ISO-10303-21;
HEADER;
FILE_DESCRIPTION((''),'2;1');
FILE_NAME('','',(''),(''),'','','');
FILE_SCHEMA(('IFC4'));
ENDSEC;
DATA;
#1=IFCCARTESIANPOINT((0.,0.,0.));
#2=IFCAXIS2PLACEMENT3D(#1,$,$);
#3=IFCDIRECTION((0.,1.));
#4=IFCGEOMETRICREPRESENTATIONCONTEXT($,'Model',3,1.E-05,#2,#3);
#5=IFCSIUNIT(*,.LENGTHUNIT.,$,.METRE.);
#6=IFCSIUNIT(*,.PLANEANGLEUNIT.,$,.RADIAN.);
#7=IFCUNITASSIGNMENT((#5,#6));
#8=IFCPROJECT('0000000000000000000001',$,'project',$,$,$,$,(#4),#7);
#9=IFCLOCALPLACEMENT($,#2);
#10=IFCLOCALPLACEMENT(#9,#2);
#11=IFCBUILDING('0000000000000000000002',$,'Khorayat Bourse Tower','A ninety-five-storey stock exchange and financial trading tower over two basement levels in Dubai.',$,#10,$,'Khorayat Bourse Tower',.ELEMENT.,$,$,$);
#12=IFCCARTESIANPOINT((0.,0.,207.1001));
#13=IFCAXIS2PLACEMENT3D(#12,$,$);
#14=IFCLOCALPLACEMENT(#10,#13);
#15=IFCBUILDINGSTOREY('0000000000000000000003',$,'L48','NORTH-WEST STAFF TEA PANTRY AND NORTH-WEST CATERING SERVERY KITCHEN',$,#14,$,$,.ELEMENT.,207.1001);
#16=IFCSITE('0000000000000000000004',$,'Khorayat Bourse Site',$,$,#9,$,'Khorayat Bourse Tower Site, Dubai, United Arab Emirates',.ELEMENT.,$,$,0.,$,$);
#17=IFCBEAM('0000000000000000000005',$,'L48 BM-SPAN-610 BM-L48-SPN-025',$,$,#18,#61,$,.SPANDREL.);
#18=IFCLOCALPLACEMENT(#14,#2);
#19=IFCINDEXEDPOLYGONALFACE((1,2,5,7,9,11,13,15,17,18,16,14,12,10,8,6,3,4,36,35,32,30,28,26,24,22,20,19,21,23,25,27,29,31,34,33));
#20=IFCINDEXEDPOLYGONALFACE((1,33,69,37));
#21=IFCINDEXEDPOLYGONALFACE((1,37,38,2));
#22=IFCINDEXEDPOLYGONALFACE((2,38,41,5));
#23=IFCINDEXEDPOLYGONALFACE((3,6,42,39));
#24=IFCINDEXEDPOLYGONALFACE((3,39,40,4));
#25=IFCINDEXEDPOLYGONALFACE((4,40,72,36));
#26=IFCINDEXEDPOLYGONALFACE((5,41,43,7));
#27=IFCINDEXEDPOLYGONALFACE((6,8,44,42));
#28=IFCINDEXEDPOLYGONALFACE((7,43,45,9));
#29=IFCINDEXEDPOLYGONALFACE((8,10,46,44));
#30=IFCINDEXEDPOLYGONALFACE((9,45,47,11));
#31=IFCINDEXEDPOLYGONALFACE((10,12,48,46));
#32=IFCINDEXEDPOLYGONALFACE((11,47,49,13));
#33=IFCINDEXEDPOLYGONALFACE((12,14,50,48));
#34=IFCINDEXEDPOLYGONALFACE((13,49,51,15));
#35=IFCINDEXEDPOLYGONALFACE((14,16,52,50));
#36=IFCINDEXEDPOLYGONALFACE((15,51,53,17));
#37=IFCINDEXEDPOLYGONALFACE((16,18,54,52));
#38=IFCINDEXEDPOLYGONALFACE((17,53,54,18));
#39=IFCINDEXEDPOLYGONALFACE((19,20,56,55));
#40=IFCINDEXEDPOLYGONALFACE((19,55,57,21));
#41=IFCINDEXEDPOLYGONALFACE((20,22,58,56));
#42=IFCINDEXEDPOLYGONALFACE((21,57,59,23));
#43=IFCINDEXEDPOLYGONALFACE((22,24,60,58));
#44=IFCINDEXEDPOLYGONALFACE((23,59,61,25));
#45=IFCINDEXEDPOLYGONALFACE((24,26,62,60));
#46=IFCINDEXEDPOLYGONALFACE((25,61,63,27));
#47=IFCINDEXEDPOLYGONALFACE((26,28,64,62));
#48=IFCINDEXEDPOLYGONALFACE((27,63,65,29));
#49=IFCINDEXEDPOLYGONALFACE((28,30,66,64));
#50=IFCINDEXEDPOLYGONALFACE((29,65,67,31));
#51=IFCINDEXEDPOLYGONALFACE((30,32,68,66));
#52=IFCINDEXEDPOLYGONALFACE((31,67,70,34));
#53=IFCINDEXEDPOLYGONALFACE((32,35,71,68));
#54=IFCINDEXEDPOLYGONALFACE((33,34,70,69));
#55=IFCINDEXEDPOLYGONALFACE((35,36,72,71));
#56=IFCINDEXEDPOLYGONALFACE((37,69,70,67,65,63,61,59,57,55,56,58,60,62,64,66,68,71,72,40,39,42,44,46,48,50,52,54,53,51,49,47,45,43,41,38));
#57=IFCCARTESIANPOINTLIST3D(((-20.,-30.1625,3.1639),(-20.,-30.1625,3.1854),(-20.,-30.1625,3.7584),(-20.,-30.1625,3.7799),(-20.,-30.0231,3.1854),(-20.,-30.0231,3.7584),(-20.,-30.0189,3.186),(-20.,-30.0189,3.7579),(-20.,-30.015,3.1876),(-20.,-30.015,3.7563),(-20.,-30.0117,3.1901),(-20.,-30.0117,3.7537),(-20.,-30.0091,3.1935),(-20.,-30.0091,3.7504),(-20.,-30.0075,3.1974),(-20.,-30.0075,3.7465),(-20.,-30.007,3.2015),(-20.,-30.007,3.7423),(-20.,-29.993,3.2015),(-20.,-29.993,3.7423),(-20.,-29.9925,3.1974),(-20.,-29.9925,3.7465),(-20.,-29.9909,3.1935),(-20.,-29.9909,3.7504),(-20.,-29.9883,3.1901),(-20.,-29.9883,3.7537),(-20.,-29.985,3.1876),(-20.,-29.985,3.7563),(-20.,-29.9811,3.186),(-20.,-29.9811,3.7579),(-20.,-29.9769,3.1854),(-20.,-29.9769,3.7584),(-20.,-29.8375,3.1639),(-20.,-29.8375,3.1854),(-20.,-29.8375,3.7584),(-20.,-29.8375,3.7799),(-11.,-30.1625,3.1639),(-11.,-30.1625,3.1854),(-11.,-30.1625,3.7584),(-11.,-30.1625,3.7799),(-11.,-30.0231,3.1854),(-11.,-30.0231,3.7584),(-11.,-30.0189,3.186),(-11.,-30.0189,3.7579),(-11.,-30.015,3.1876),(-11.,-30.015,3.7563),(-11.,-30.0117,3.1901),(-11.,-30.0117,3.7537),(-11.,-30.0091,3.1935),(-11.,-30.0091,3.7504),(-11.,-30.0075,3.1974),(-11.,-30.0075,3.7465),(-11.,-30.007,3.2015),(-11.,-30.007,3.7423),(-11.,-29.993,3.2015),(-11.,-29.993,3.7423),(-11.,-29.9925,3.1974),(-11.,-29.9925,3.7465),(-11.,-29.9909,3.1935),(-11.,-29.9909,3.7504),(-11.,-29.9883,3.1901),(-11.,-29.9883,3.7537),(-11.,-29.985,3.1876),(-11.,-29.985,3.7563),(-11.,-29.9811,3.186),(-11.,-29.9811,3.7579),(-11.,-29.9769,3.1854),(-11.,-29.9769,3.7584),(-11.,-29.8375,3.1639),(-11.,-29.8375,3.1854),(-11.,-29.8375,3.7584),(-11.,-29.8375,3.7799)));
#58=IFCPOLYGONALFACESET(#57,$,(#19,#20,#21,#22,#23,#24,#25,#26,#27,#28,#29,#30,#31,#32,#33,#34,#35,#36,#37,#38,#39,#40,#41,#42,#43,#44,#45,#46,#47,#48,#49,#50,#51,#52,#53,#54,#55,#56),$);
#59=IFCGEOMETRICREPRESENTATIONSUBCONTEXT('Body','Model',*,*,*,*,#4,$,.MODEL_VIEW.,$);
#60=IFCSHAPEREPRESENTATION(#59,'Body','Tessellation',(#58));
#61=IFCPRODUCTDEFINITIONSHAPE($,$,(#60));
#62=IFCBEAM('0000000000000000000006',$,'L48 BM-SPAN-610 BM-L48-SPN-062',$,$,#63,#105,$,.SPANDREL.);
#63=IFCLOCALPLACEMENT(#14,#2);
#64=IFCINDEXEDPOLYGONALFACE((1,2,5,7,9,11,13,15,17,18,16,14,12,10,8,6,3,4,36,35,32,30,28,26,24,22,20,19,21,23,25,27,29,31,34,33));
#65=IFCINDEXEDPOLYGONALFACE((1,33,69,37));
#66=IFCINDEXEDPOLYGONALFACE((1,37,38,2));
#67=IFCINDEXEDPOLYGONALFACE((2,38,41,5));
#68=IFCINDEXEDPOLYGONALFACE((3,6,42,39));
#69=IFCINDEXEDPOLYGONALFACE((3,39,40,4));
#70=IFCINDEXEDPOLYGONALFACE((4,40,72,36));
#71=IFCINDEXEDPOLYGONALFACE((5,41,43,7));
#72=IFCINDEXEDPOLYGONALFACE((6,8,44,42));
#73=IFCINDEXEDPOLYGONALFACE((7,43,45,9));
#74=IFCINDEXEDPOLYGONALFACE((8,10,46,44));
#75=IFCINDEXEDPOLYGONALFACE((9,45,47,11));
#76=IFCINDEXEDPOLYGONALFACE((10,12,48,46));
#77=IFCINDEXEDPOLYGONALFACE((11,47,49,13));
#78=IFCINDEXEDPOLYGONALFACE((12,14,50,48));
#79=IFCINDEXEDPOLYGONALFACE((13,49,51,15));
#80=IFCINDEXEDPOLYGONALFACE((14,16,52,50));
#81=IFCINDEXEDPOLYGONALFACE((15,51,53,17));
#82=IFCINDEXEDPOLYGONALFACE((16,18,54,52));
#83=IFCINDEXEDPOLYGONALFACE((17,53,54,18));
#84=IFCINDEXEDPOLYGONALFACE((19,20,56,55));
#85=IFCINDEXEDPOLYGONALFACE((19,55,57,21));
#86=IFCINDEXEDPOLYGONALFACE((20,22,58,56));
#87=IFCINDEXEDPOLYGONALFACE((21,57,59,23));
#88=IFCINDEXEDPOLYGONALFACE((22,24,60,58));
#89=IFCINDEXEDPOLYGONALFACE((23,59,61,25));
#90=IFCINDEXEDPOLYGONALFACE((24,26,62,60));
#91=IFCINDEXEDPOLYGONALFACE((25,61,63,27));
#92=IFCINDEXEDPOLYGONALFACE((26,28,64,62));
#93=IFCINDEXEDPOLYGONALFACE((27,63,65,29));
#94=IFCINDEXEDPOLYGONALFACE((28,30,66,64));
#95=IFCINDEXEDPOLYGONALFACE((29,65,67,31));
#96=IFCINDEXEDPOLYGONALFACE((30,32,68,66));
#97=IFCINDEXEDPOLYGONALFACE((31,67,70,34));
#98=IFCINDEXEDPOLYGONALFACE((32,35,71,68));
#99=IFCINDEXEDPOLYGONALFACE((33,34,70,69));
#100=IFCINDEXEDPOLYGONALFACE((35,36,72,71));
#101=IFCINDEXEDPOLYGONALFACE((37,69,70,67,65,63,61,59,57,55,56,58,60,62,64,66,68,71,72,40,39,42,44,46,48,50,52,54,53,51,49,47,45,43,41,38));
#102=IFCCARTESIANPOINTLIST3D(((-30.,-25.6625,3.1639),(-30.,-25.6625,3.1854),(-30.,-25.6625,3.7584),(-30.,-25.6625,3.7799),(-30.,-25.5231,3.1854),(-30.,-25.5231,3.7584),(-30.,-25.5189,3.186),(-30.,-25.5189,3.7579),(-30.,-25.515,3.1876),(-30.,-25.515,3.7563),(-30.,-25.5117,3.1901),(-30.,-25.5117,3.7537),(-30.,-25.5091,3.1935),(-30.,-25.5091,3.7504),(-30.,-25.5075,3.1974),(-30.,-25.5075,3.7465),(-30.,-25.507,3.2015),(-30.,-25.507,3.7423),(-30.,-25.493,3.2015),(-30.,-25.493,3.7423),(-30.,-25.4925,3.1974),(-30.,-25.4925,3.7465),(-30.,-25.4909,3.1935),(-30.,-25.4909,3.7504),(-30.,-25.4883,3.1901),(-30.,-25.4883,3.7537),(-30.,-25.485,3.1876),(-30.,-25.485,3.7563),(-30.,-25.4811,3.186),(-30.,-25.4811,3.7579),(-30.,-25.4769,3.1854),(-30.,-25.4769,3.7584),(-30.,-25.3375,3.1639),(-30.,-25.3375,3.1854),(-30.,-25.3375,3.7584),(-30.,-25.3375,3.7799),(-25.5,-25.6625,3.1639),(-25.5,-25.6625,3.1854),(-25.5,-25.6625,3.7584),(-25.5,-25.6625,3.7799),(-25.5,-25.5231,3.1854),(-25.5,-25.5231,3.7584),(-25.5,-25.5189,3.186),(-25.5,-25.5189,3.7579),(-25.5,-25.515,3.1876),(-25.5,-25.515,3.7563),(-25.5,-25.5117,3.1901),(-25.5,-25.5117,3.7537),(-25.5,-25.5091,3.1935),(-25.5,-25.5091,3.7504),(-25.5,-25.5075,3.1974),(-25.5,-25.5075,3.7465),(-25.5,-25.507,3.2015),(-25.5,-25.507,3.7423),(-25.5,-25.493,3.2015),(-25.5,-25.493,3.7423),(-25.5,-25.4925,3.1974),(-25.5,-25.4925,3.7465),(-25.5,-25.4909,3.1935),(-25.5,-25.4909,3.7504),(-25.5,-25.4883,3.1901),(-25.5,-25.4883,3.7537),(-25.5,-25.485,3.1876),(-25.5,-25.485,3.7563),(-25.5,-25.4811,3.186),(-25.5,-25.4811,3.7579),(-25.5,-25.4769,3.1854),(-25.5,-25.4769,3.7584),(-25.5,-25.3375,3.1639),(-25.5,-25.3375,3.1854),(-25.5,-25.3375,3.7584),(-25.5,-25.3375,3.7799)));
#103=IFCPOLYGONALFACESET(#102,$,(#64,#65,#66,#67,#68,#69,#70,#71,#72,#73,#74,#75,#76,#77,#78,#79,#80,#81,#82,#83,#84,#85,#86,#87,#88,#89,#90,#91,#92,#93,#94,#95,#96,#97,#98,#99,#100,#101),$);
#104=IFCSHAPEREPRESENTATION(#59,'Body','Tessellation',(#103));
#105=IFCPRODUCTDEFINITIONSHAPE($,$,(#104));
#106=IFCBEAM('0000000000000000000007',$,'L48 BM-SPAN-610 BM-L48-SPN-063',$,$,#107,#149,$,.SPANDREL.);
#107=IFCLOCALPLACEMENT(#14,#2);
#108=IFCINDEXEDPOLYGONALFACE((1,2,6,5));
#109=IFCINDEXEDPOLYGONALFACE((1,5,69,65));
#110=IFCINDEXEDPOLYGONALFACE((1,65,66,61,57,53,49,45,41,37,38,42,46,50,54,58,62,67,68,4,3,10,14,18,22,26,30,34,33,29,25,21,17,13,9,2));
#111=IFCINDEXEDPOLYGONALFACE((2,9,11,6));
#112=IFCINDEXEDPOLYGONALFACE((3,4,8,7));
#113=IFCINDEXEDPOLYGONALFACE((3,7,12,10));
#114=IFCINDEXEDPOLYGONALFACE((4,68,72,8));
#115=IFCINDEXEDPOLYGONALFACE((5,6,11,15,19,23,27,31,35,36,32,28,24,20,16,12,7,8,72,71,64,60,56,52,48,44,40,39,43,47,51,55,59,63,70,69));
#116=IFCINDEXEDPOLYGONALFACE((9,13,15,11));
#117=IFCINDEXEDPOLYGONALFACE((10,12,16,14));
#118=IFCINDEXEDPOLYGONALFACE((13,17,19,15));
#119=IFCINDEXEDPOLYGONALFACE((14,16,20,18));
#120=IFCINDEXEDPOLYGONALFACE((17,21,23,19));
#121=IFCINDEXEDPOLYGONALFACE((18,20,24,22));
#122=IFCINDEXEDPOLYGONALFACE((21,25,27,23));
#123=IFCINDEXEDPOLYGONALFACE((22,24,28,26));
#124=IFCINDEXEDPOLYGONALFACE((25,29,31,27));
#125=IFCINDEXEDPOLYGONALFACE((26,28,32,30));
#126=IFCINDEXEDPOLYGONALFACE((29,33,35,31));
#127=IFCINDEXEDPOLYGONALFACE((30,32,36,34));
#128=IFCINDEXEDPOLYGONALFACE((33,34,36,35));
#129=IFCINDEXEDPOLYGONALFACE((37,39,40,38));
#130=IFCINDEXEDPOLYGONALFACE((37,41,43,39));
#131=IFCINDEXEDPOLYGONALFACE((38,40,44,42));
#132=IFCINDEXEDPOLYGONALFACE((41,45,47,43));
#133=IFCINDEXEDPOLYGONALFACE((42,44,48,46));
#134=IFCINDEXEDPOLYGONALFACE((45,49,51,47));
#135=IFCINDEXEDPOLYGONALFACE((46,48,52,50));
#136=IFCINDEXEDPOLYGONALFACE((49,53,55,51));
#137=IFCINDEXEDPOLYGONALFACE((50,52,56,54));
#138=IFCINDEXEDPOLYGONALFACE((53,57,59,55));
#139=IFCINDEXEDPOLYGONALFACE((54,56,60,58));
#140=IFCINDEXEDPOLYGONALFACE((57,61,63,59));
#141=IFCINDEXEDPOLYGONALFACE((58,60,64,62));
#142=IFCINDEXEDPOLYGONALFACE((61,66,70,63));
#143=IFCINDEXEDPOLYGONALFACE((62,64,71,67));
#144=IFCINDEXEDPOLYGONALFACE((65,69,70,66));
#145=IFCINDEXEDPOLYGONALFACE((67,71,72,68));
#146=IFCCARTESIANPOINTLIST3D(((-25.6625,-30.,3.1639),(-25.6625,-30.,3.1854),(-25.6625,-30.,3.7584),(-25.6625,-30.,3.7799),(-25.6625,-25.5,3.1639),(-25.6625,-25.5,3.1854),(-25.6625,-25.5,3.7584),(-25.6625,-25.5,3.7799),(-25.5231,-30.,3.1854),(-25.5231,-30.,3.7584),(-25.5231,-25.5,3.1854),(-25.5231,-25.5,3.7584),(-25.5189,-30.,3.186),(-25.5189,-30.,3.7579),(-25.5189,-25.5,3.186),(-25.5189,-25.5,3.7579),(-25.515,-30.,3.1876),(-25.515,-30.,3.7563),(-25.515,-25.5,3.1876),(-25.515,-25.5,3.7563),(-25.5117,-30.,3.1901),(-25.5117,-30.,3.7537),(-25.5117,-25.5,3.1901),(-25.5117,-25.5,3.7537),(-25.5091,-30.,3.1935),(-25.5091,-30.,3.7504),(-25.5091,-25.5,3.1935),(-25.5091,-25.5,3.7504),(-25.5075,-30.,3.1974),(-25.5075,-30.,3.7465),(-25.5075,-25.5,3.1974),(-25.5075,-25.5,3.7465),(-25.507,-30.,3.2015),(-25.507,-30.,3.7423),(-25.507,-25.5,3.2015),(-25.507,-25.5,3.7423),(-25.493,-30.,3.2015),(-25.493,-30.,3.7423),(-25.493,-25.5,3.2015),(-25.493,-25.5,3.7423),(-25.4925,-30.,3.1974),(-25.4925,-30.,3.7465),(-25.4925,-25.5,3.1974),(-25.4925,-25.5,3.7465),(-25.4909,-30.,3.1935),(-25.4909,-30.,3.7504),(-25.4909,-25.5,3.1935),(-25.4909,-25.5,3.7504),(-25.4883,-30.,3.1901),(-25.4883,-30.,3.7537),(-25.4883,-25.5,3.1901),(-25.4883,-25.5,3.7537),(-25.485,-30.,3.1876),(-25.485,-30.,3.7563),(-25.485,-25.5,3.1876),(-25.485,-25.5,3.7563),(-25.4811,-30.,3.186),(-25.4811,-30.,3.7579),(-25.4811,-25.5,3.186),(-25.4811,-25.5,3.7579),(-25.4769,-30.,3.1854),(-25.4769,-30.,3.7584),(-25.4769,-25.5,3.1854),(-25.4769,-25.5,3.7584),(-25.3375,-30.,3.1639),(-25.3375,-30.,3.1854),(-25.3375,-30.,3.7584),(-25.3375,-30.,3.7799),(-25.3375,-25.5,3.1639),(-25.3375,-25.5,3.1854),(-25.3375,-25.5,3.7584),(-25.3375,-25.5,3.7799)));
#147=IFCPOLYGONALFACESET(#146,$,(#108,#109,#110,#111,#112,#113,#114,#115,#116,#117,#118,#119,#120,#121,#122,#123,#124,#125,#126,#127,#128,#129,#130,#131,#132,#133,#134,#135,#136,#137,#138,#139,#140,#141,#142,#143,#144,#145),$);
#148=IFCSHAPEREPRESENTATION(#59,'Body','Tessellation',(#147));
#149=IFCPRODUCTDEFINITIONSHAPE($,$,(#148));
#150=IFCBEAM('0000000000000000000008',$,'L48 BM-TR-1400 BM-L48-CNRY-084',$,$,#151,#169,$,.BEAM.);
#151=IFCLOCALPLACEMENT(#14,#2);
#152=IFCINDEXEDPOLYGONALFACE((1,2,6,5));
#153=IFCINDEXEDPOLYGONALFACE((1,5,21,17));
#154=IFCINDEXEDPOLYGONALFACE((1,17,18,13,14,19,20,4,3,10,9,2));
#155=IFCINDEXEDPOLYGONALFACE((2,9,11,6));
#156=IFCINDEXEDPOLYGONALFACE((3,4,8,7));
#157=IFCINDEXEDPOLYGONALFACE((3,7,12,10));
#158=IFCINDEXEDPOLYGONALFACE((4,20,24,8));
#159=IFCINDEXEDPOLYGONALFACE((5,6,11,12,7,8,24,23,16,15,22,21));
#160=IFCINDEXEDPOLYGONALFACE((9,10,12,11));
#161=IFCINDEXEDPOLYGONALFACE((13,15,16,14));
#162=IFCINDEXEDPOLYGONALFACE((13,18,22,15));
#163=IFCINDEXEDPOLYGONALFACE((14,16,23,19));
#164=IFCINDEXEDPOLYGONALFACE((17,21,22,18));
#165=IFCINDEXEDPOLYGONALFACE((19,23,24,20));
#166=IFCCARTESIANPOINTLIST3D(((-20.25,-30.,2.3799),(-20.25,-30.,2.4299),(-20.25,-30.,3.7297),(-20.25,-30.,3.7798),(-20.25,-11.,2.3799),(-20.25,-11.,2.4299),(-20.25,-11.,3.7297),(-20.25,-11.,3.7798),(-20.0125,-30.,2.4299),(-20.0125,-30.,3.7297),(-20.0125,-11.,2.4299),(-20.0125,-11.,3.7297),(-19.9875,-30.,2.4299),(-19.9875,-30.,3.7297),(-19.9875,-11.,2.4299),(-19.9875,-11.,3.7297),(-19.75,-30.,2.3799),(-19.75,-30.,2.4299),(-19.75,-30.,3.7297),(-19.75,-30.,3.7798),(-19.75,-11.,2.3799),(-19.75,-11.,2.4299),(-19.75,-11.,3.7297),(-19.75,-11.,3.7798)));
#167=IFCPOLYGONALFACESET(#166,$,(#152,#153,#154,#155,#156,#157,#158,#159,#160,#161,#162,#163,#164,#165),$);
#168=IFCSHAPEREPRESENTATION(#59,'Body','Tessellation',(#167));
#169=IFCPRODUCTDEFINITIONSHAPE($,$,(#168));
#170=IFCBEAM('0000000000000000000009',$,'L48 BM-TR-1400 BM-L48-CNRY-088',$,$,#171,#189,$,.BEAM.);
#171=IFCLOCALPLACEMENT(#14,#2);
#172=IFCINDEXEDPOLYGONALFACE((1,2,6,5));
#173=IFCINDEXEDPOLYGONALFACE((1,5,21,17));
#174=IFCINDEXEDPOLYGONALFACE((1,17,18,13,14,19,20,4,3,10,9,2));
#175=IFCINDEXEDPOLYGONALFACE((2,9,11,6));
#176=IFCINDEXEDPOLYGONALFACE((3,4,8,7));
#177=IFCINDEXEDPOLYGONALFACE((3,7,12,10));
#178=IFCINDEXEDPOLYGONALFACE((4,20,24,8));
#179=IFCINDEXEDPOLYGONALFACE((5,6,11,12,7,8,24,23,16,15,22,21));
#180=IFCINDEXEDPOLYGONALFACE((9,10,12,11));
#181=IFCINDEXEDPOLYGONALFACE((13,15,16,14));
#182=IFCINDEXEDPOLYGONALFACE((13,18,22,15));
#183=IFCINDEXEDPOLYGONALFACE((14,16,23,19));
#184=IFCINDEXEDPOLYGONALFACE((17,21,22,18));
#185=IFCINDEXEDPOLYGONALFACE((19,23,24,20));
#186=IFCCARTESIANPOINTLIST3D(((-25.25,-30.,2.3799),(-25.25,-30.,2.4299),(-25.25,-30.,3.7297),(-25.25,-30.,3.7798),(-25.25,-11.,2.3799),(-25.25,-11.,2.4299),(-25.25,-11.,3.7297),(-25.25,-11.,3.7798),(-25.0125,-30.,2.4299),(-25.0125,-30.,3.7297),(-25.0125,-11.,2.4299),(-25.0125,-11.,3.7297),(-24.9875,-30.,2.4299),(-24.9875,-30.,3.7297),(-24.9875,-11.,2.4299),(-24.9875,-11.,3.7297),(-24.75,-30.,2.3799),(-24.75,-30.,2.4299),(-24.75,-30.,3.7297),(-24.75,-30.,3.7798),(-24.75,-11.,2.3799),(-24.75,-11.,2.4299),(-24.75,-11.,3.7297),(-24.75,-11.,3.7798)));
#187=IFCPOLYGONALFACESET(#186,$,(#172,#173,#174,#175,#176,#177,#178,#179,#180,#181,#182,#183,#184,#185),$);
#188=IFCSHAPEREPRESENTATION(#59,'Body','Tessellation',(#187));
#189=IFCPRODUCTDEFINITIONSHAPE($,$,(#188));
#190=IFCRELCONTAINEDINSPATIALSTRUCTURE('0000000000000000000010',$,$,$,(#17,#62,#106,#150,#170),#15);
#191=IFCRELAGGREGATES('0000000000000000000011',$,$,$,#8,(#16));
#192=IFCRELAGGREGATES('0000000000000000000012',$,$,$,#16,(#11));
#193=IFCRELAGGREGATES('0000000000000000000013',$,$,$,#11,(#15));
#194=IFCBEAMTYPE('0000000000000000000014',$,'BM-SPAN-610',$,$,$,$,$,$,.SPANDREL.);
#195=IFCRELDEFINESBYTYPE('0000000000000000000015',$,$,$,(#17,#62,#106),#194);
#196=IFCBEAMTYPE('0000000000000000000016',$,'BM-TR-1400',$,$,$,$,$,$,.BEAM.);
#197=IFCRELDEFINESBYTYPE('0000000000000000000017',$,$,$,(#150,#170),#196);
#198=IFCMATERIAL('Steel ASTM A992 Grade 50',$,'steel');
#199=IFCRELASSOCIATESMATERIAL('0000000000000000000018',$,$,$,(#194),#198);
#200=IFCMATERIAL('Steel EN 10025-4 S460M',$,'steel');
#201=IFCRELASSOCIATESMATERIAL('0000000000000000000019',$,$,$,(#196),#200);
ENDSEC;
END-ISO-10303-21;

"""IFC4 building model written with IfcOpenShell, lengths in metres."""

from ifc_helpers import new_model, si_unit, direction, frame, origin, origin_2d, place, context, subcontext, project, spatial, i_section, extrude, source, transform, mapped, material, material_profile, profile_set, type_object, element, save


model = new_model("IFC4")

# Units and contexts
model_context = context("Model", 3, precision=1e-05, world=origin(), true_north=direction((0.0, 1.0)))
body_context = subcontext(model_context, "Body", "Model", "MODEL_VIEW")
ifc_project = project(units=[si_unit("LENGTHUNIT", "METRE"), si_unit("PLANEANGLEUNIT", "RADIAN")], contexts=[model_context])

# Site, building, storey
site_placement = place(None, origin())
site = spatial("IfcSite", under=ifc_project, at=site_placement, Name="Khorayat Bourse Site", LongName="Khorayat Bourse Tower Site, Dubai, United Arab Emirates", CompositionType="ELEMENT", RefElevation=0.0)
building_placement = place(site_placement, origin())
building = spatial("IfcBuilding", under=site, at=building_placement, Name="Khorayat Bourse Tower", Description="A ninety-five-storey stock exchange and financial trading tower over two basement levels in Dubai.", LongName="Khorayat Bourse Tower", CompositionType="ELEMENT")
storey_placement = place(building_placement, frame((0.0, 0.0, 207.1001)))
storey = spatial("IfcBuildingStorey", under=building, at=storey_placement, Name="L48", Description="NORTH-WEST STAFF TEA PANTRY AND NORTH-WEST CATERING SERVERY KITCHEN", CompositionType="ELEMENT", Elevation=207.1001)

# Shared definitions
ifc_material_1 = material(Name="Steel EN 10025-4 S460M", Category="steel")

# Beams
ifc_material_2 = material(Name="Steel ASTM A992 Grade 50", Category="steel")
ifc_material_profile_1 = material_profile(ifc_material_2, i_section(OverallWidth=0.325, OverallDepth=0.616, WebThickness=0.0139, FlangeThickness=0.0215, FilletRadius=0.0161, at=origin_2d()), Name="W610X174")
ifc_profile_set_1 = profile_set([ifc_material_profile_1], Name="Steel ASTM A992 Grade 50")
beam_type_1 = type_object("IfcBeamType", Name="BM-SPAN-610", PredefinedType="SPANDREL", material=ifc_profile_set_1)
shared_shape_1 = source(origin(), body_context, "Body", "SweptSolid", [
    extrude(i_section(OverallWidth=0.325, OverallDepth=0.616, WebThickness=0.0139, FlangeThickness=0.0215, FilletRadius=0.0161, at=origin_2d()), origin(), (0.0, 0.0, 1.0), 9.0),
])
beam_1_placement = place(storey_placement, frame((-20.0, -30.0, 3.4719), z_axis=(1.0, 0.0, 0.0), x_axis=(0.0, 1.0, 0.0)))
element("IfcBeam", 1, at=beam_1_placement, inside=storey, type_object=beam_type_1, Name="L48 BM-SPAN-610 BM-L48-SPN-025", PredefinedType="SPANDREL", context=body_context, shape_type="MappedRepresentation", body=[
    mapped(shared_shape_1, transform((0.0, 0.0, 0.0), scale=1.0)),
])
shared_shape_2 = source(origin(), body_context, "Body", "SweptSolid", [
    extrude(i_section(OverallWidth=0.325, OverallDepth=0.616, WebThickness=0.0139, FlangeThickness=0.0215, FilletRadius=0.0161, at=origin_2d()), origin(), (0.0, 0.0, 1.0), 4.5),
])
for number, where, z_axis, x_axis, name in (
    (2, (-30.0, -25.5, 3.4719), (1.0, 0.0, 0.0), (0.0, 1.0, 0.0), "L48 BM-SPAN-610 BM-L48-SPN-062"),
    (3, (-25.5, -30.0, 3.4719), (0.0, 1.0, 0.0), (-1.0, 0.0, 0.0), "L48 BM-SPAN-610 BM-L48-SPN-063"),
):
    element("IfcBeam", number, at=place(storey_placement, frame(where, z_axis=z_axis, x_axis=x_axis)), inside=storey, type_object=beam_type_1, Name=name, PredefinedType="SPANDREL", context=body_context, shape_type="MappedRepresentation", body=[
        mapped(shared_shape_2, transform((0.0, 0.0, 0.0), scale=1.0)),
    ])
ifc_material_profile_2 = material_profile(ifc_material_1, i_section(OverallWidth=0.5, OverallDepth=1.3999, WebThickness=0.0249, FlangeThickness=0.05, at=origin_2d()), Name="PG 1400x500x25x50")
ifc_profile_set_2 = profile_set([ifc_material_profile_2], Name="Steel EN 10025-4 S460M")
beam_type_2 = type_object("IfcBeamType", Name="BM-TR-1400", PredefinedType="BEAM", material=ifc_profile_set_2)
shared_shape_3 = source(origin(), body_context, "Body", "SweptSolid", [
    extrude(i_section(OverallWidth=0.5, OverallDepth=1.3999, WebThickness=0.0249, FlangeThickness=0.05, at=origin_2d()), origin(), (0.0, 0.0, 1.0), 19.0),
])
for number, where, z_axis, x_axis, name in (
    (4, (-20.0, -30.0, 3.0798), (0.0, 1.0, 0.0), (-1.0, 0.0, 0.0), "L48 BM-TR-1400 BM-L48-CNRY-084"),
    (5, (-25.0, -30.0, 3.0798), (0.0, 1.0, 0.0), (-1.0, 0.0, 0.0), "L48 BM-TR-1400 BM-L48-CNRY-088"),
):
    element("IfcBeam", number, at=place(storey_placement, frame(where, z_axis=z_axis, x_axis=x_axis)), inside=storey, type_object=beam_type_2, Name=name, PredefinedType="BEAM", context=body_context, shape_type="MappedRepresentation", body=[
        mapped(shared_shape_3, transform((0.0, 0.0, 0.0), scale=1.0)),
    ])

save(model, "model.ifc")
